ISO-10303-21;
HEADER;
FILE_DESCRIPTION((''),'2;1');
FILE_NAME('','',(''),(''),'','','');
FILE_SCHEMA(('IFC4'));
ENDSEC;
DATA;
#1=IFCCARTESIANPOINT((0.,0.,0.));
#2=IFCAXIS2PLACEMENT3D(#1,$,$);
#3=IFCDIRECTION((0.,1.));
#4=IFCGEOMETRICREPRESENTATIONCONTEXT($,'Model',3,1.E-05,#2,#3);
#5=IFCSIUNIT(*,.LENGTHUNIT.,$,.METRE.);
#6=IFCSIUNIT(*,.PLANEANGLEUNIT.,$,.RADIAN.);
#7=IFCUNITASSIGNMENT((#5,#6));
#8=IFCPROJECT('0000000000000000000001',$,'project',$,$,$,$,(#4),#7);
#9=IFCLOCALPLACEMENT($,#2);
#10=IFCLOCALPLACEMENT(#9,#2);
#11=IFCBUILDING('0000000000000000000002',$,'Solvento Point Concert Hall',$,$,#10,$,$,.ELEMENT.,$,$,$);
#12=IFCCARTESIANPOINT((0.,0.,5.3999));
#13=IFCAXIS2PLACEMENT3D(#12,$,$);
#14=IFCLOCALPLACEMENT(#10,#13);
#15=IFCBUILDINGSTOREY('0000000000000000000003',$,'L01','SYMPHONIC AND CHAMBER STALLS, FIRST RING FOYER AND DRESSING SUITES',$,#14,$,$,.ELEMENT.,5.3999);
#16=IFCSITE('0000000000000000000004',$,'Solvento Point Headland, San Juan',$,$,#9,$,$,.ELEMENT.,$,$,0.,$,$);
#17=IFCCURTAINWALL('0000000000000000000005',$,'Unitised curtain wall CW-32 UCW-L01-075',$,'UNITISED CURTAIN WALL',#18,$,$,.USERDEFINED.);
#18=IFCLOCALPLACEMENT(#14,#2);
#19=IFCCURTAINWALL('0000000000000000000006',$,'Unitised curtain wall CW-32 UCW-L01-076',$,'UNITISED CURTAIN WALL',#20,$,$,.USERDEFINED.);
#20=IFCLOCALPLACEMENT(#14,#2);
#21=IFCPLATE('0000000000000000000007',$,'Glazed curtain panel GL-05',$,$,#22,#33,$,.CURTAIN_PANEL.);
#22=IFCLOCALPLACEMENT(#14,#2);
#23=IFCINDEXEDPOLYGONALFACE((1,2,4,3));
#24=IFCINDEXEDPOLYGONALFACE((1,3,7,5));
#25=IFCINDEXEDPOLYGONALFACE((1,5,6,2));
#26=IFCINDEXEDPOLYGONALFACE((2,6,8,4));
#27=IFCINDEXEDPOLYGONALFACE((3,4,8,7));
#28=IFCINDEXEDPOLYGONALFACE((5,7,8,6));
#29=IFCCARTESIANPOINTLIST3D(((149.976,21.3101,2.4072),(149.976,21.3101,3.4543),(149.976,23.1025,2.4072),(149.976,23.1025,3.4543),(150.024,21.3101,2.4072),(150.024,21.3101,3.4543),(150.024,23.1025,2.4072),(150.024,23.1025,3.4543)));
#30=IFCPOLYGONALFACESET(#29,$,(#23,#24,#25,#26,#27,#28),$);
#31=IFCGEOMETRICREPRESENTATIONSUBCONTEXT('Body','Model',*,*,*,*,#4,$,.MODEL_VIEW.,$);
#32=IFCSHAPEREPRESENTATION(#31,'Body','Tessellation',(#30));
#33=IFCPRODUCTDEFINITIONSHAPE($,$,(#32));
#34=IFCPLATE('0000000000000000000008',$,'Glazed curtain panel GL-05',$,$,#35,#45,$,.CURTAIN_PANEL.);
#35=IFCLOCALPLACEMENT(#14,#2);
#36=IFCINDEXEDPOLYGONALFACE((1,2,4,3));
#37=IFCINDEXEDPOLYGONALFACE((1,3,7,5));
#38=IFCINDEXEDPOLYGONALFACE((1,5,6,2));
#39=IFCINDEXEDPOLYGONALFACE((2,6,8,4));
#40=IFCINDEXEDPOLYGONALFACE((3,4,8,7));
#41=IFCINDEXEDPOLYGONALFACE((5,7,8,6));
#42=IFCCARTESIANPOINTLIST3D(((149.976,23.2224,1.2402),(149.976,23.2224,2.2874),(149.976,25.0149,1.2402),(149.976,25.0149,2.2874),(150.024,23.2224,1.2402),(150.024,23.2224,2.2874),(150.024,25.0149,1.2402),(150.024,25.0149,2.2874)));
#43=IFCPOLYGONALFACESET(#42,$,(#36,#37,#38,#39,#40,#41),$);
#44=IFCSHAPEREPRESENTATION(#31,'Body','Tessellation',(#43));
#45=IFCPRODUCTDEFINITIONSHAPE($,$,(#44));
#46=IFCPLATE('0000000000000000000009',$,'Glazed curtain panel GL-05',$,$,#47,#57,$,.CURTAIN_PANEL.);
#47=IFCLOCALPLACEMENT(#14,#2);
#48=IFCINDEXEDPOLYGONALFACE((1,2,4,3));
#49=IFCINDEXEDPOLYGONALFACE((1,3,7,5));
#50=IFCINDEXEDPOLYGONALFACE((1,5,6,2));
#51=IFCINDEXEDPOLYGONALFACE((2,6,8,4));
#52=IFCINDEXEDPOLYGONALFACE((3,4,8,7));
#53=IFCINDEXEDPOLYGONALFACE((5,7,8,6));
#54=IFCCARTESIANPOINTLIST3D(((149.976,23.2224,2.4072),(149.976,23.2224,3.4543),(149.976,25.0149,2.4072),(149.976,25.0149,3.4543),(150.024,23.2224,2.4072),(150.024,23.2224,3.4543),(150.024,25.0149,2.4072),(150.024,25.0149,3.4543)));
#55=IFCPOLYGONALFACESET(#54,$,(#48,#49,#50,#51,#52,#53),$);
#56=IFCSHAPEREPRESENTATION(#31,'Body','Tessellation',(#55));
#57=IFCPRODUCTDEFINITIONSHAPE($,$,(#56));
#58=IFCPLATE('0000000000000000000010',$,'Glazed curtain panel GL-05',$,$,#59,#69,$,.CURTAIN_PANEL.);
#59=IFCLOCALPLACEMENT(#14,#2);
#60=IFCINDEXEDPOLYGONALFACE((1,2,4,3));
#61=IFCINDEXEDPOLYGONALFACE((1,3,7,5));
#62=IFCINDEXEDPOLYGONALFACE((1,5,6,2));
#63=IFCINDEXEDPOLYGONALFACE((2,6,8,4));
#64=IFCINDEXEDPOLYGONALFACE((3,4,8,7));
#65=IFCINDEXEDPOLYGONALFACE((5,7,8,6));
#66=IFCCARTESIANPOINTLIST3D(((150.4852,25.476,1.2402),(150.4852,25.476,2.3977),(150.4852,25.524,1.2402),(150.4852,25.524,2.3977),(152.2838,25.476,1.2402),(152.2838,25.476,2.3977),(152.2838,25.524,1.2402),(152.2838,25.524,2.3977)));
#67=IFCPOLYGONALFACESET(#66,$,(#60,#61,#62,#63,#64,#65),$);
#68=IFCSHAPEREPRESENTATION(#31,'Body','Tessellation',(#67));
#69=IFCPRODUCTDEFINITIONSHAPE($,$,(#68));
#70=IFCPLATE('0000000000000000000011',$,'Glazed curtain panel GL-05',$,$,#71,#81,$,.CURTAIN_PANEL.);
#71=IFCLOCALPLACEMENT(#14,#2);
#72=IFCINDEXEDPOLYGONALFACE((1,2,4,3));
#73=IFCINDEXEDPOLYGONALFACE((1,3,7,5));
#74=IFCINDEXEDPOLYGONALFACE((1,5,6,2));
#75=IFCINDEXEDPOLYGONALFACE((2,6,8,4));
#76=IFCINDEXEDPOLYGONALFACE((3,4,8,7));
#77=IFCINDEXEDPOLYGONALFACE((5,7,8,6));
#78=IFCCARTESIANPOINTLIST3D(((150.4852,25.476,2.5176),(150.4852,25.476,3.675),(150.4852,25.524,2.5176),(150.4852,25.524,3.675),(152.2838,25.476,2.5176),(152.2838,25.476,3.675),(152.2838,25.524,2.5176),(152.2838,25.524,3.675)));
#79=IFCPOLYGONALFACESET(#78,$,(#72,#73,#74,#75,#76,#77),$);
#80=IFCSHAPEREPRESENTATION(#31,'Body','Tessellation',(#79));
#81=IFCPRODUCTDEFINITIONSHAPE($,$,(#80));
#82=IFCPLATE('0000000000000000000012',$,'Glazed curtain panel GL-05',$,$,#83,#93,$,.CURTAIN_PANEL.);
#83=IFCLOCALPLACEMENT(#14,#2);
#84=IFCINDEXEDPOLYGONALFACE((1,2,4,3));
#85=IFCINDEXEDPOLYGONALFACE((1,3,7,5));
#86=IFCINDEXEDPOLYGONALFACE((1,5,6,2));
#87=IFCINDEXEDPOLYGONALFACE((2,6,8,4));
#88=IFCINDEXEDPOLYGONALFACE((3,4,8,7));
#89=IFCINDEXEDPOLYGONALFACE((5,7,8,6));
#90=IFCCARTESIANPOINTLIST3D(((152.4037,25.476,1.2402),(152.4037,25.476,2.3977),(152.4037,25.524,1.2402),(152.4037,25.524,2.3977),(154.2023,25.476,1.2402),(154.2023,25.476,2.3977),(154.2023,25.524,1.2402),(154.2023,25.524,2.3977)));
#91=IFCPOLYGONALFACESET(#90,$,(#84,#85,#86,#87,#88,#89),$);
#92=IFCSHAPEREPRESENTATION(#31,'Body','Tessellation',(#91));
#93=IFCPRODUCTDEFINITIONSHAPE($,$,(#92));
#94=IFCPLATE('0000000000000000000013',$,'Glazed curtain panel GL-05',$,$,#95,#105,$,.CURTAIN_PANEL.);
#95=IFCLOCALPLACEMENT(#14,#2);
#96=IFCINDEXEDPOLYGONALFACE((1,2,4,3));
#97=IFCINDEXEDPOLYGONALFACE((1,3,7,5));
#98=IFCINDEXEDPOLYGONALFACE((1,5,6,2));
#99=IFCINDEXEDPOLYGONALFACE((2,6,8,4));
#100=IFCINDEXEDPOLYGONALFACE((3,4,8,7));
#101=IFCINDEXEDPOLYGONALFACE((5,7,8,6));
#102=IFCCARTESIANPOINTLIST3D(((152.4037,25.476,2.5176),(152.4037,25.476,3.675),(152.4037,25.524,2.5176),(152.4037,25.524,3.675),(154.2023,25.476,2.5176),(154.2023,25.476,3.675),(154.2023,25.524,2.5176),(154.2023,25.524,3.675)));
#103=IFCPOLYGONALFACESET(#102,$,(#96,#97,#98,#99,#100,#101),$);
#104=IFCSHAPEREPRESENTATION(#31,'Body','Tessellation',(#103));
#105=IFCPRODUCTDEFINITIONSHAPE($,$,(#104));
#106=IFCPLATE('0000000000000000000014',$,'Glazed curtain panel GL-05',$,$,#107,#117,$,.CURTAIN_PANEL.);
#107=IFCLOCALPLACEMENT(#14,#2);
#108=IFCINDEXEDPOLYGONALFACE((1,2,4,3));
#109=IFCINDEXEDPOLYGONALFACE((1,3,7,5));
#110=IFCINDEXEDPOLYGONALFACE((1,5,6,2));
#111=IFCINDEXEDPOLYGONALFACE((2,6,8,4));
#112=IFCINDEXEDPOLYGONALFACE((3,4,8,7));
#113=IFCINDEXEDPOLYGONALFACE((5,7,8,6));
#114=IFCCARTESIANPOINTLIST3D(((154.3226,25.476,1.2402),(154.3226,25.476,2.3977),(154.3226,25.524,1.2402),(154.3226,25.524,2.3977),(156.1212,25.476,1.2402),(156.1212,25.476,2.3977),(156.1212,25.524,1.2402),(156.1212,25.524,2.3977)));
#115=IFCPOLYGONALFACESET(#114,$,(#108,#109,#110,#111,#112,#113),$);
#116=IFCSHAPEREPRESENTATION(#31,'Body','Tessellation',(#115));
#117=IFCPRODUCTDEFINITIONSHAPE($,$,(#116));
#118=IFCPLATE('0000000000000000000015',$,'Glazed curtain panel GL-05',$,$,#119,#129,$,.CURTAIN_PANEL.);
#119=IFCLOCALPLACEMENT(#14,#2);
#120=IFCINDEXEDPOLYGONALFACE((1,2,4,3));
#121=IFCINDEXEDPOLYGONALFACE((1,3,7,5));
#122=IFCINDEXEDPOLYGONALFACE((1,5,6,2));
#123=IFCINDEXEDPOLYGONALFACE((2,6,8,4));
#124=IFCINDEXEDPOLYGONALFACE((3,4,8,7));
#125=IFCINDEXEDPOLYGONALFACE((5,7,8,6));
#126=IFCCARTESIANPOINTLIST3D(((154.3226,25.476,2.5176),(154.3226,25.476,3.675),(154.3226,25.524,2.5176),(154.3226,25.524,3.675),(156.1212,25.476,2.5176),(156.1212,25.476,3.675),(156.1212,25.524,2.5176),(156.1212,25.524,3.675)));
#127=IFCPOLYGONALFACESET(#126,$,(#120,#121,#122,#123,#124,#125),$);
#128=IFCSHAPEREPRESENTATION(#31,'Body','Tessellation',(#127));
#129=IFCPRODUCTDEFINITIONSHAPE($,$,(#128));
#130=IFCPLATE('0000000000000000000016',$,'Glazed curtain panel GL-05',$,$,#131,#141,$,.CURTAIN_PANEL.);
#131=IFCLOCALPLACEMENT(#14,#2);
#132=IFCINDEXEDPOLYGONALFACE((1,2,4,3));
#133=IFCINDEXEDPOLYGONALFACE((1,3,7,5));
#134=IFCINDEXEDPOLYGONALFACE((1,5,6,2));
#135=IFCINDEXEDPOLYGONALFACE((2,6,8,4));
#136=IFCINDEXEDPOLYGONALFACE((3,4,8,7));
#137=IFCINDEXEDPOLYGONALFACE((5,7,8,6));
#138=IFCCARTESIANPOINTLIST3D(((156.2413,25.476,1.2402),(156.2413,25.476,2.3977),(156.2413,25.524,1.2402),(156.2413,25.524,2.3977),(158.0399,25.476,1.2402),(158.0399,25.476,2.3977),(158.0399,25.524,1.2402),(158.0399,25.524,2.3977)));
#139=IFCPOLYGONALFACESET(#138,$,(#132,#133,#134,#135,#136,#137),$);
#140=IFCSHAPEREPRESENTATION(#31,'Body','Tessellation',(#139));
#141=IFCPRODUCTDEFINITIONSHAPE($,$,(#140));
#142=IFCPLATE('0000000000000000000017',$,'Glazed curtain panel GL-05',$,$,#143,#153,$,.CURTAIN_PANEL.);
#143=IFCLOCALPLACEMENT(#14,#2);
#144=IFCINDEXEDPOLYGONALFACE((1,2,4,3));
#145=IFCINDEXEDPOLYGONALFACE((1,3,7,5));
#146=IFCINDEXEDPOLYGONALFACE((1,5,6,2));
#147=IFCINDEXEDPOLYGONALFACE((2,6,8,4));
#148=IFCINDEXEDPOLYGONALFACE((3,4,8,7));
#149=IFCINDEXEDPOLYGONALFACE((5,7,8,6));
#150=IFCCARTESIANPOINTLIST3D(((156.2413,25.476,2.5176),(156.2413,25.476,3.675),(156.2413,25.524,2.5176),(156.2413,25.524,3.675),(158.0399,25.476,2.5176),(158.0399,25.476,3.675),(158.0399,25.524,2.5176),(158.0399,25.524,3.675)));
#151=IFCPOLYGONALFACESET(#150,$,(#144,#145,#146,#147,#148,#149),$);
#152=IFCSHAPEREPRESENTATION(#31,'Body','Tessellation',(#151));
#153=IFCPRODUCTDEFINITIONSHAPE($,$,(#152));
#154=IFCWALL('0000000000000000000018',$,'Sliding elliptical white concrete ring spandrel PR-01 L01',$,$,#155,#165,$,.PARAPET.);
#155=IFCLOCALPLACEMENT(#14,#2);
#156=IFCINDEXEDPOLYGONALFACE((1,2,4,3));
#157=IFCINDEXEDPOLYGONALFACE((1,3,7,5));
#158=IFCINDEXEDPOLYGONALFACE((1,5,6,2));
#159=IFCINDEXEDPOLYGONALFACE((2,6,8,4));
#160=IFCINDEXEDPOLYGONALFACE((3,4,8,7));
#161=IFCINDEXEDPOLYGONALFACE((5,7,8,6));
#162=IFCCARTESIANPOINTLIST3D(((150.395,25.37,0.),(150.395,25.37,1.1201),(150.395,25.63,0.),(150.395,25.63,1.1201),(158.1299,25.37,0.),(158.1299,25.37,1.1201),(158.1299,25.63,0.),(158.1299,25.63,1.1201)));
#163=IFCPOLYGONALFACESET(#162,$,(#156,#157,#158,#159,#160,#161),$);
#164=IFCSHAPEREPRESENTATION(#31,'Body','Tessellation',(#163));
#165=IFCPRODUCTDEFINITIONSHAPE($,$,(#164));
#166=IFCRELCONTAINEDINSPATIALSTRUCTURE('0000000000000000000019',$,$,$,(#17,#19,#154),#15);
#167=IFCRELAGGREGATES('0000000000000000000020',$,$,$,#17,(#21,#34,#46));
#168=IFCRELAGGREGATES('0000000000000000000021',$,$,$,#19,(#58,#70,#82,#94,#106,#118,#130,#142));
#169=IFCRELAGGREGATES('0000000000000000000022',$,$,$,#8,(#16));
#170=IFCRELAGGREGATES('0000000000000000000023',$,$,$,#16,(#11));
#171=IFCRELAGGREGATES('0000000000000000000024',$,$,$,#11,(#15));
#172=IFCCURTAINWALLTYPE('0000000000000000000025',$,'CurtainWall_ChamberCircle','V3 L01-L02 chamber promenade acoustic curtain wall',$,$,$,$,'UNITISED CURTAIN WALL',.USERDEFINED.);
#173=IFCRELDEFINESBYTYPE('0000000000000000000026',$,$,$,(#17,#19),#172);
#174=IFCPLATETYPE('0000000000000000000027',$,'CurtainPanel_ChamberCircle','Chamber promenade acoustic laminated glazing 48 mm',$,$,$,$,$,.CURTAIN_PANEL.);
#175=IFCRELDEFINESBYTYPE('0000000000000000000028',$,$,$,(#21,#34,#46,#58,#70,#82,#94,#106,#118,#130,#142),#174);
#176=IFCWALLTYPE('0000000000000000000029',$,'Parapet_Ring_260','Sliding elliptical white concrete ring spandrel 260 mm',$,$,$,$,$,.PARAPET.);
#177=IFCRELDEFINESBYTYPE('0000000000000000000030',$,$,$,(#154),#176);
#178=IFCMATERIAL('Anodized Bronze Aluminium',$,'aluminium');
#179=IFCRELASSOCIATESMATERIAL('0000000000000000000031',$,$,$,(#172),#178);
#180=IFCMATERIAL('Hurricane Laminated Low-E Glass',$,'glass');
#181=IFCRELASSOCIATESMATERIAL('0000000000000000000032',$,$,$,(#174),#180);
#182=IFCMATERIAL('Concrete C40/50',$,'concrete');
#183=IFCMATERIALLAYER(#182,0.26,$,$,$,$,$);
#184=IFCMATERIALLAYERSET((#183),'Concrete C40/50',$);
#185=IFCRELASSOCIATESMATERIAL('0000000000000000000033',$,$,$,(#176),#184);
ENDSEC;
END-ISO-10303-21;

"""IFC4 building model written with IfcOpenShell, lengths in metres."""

from ifc_helpers import new_model, si_unit, direction, frame, frame_2d, origin, origin_2d, place, context, subcontext, project, spatial, rectangle, extrude, material, layer, layer_set, type_object, element, aggregate, save


model = new_model("IFC4")

# Units and contexts
model_context = context("Model", 3, precision=1e-05, world=origin(), true_north=direction((0.0, 1.0)))
body_context = subcontext(model_context, "Body", "Model", "MODEL_VIEW")
ifc_project = project(units=[si_unit("LENGTHUNIT", "METRE"), si_unit("PLANEANGLEUNIT", "RADIAN")], contexts=[model_context])

# Site, building, storey
site_placement = place(None, origin())
site = spatial("IfcSite", under=ifc_project, at=site_placement, Name="Solvento Point Headland, San Juan", CompositionType="ELEMENT", RefElevation=0.0)
building_placement = place(site_placement, origin())
building = spatial("IfcBuilding", under=site, at=building_placement, Name="Solvento Point Concert Hall", CompositionType="ELEMENT")
storey_placement = place(building_placement, frame((0.0, 0.0, 5.3999)))
storey = spatial("IfcBuildingStorey", under=building, at=storey_placement, Name="L01", Description="SYMPHONIC AND CHAMBER STALLS, FIRST RING FOYER AND DRESSING SUITES", CompositionType="ELEMENT", Elevation=5.3999)

# Curtain walls
ifc_material_1 = material(Name="Anodized Bronze Aluminium", Category="aluminium")
curtain_wall_type = type_object("IfcCurtainWallType", Name="CurtainWall_ChamberCircle", Description="V3 L01-L02 chamber promenade acoustic curtain wall", ElementType="UNITISED CURTAIN WALL", PredefinedType="USERDEFINED", material=ifc_material_1)
curtain_wall_1_placement = place(storey_placement, origin())
curtain_wall_1 = element("IfcCurtainWall", 1, at=curtain_wall_1_placement, inside=storey, type_object=curtain_wall_type, Name="Unitised curtain wall CW-32 UCW-L01-075", ObjectType="UNITISED CURTAIN WALL", PredefinedType="USERDEFINED")
curtain_wall_2_placement = place(storey_placement, origin())
curtain_wall_2 = element("IfcCurtainWall", 2, at=curtain_wall_2_placement, inside=storey, type_object=curtain_wall_type, Name="Unitised curtain wall CW-32 UCW-L01-076", ObjectType="UNITISED CURTAIN WALL", PredefinedType="USERDEFINED")

# Plates
ifc_material_2 = material(Name="Hurricane Laminated Low-E Glass", Category="glass")
plate_type = type_object("IfcPlateType", Name="CurtainPanel_ChamberCircle", Description="Chamber promenade acoustic laminated glazing 48 mm", PredefinedType="CURTAIN_PANEL", material=ifc_material_2)
plate_1_placement = place(storey_placement, frame((150.0, 22.2063, 2.4072), z_axis=(0.0, 0.0, 1.0), x_axis=(0.0, 1.0, 0.0)))
plate_1 = element("IfcPlate", 3, at=plate_1_placement, type_object=plate_type, Name="Glazed curtain panel GL-05", PredefinedType="CURTAIN_PANEL", context=body_context, shape_type="SweptSolid", body=[
    extrude(rectangle(XDim=1.7925, YDim=0.0481, at=origin_2d()), origin(), (0.0, 0.0, 1.0), 1.0471),
])
plate_2_placement = place(storey_placement, frame((150.0, 24.1187, 1.2402), z_axis=(0.0, 0.0, 1.0), x_axis=(0.0, 1.0, 0.0)))
plate_2 = element("IfcPlate", 4, at=plate_2_placement, type_object=plate_type, Name="Glazed curtain panel GL-05", PredefinedType="CURTAIN_PANEL", context=body_context, shape_type="SweptSolid", body=[
    extrude(rectangle(XDim=1.7925, YDim=0.0481, at=origin_2d()), origin(), (0.0, 0.0, 1.0), 1.0471),
])
plate_3_placement = place(storey_placement, frame((150.0, 24.1187, 2.4072), z_axis=(0.0, 0.0, 1.0), x_axis=(0.0, 1.0, 0.0)))
plate_3 = element("IfcPlate", 5, at=plate_3_placement, type_object=plate_type, Name="Glazed curtain panel GL-05", PredefinedType="CURTAIN_PANEL", context=body_context, shape_type="SweptSolid", body=[
    extrude(rectangle(XDim=1.7925, YDim=0.0481, at=origin_2d()), origin(), (0.0, 0.0, 1.0), 1.0471),
])
aggregate(curtain_wall_1, [plate_1, plate_2, plate_3])
plate_4_placement = place(storey_placement, frame((151.3845, 25.5, 1.2402), z_axis=(0.0, 0.0, 1.0), x_axis=(1.0, 0.0, 0.0)))
plate_4 = element("IfcPlate", 6, at=plate_4_placement, type_object=plate_type, Name="Glazed curtain panel GL-05", PredefinedType="CURTAIN_PANEL", context=body_context, shape_type="SweptSolid", body=[
    extrude(rectangle(XDim=1.7986, YDim=0.0481, at=origin_2d()), origin(), (0.0, 0.0, 1.0), 1.1575),
])
plate_5_placement = place(storey_placement, frame((151.3845, 25.5, 2.5176), z_axis=(0.0, 0.0, 1.0), x_axis=(1.0, 0.0, 0.0)))
plate_5 = element("IfcPlate", 7, at=plate_5_placement, type_object=plate_type, Name="Glazed curtain panel GL-05", PredefinedType="CURTAIN_PANEL", context=body_context, shape_type="SweptSolid", body=[
    extrude(rectangle(XDim=1.7986, YDim=0.0481, at=origin_2d()), origin(), (0.0, 0.0, 1.0), 1.1575),
])
plate_6_placement = place(storey_placement, frame((153.303, 25.5, 1.2402), z_axis=(0.0, 0.0, 1.0), x_axis=(1.0, 0.0, 0.0)))
plate_6 = element("IfcPlate", 8, at=plate_6_placement, type_object=plate_type, Name="Glazed curtain panel GL-05", PredefinedType="CURTAIN_PANEL", context=body_context, shape_type="SweptSolid", body=[
    extrude(rectangle(XDim=1.7986, YDim=0.0481, at=origin_2d()), origin(), (0.0, 0.0, 1.0), 1.1575),
])
plate_7_placement = place(storey_placement, frame((153.303, 25.5, 2.5176), z_axis=(0.0, 0.0, 1.0), x_axis=(1.0, 0.0, 0.0)))
plate_7 = element("IfcPlate", 9, at=plate_7_placement, type_object=plate_type, Name="Glazed curtain panel GL-05", PredefinedType="CURTAIN_PANEL", context=body_context, shape_type="SweptSolid", body=[
    extrude(rectangle(XDim=1.7986, YDim=0.0481, at=origin_2d()), origin(), (0.0, 0.0, 1.0), 1.1575),
])
plate_8_placement = place(storey_placement, frame((155.2219, 25.5, 1.2402), z_axis=(0.0, 0.0, 1.0), x_axis=(1.0, 0.0, 0.0)))
plate_8 = element("IfcPlate", 10, at=plate_8_placement, type_object=plate_type, Name="Glazed curtain panel GL-05", PredefinedType="CURTAIN_PANEL", context=body_context, shape_type="SweptSolid", body=[
    extrude(rectangle(XDim=1.7986, YDim=0.0481, at=origin_2d()), origin(), (0.0, 0.0, 1.0), 1.1575),
])
plate_9_placement = place(storey_placement, frame((155.2219, 25.5, 2.5176), z_axis=(0.0, 0.0, 1.0), x_axis=(1.0, 0.0, 0.0)))
plate_9 = element("IfcPlate", 11, at=plate_9_placement, type_object=plate_type, Name="Glazed curtain panel GL-05", PredefinedType="CURTAIN_PANEL", context=body_context, shape_type="SweptSolid", body=[
    extrude(rectangle(XDim=1.7986, YDim=0.0481, at=origin_2d()), origin(), (0.0, 0.0, 1.0), 1.1575),
])
plate_10_placement = place(storey_placement, frame((157.1406, 25.5, 1.2402), z_axis=(0.0, 0.0, 1.0), x_axis=(1.0, 0.0, 0.0)))
plate_10 = element("IfcPlate", 12, at=plate_10_placement, type_object=plate_type, Name="Glazed curtain panel GL-05", PredefinedType="CURTAIN_PANEL", context=body_context, shape_type="SweptSolid", body=[
    extrude(rectangle(XDim=1.7986, YDim=0.0481, at=origin_2d()), origin(), (0.0, 0.0, 1.0), 1.1575),
])
plate_11_placement = place(storey_placement, frame((157.1406, 25.5, 2.5176), z_axis=(0.0, 0.0, 1.0), x_axis=(1.0, 0.0, 0.0)))
plate_11 = element("IfcPlate", 13, at=plate_11_placement, type_object=plate_type, Name="Glazed curtain panel GL-05", PredefinedType="CURTAIN_PANEL", context=body_context, shape_type="SweptSolid", body=[
    extrude(rectangle(XDim=1.7986, YDim=0.0481, at=origin_2d()), origin(), (0.0, 0.0, 1.0), 1.1575),
])
aggregate(curtain_wall_2, [plate_4, plate_5, plate_6, plate_7, plate_8, plate_9, plate_10, plate_11])

# Wall
ifc_material_3 = material(Name="Concrete C40/50", Category="concrete")
ifc_layer = layer(ifc_material_3, 0.26)
ifc_layer_set = layer_set([ifc_layer], Name="Concrete C40/50")
wall_type = type_object("IfcWallType", Name="Parapet_Ring_260", Description="Sliding elliptical white concrete ring spandrel 260 mm", PredefinedType="PARAPET", material=ifc_layer_set)
wall_placement = place(storey_placement, frame((150.395, 25.5, 0.0), z_axis=(0.0, 0.0, 1.0), x_axis=(1.0, 0.0, 0.0)))
element("IfcWall", 14, at=wall_placement, inside=storey, type_object=wall_type, Name="Sliding elliptical white concrete ring spandrel PR-01 L01", PredefinedType="PARAPET", context=body_context, shape_type="SweptSolid", body=[
    extrude(rectangle(XDim=7.7349, YDim=0.26, at=frame_2d((3.8674, 0.0))), origin(), (0.0, 0.0, 1.0), 1.1201),
])

save(model, "model.ifc")
